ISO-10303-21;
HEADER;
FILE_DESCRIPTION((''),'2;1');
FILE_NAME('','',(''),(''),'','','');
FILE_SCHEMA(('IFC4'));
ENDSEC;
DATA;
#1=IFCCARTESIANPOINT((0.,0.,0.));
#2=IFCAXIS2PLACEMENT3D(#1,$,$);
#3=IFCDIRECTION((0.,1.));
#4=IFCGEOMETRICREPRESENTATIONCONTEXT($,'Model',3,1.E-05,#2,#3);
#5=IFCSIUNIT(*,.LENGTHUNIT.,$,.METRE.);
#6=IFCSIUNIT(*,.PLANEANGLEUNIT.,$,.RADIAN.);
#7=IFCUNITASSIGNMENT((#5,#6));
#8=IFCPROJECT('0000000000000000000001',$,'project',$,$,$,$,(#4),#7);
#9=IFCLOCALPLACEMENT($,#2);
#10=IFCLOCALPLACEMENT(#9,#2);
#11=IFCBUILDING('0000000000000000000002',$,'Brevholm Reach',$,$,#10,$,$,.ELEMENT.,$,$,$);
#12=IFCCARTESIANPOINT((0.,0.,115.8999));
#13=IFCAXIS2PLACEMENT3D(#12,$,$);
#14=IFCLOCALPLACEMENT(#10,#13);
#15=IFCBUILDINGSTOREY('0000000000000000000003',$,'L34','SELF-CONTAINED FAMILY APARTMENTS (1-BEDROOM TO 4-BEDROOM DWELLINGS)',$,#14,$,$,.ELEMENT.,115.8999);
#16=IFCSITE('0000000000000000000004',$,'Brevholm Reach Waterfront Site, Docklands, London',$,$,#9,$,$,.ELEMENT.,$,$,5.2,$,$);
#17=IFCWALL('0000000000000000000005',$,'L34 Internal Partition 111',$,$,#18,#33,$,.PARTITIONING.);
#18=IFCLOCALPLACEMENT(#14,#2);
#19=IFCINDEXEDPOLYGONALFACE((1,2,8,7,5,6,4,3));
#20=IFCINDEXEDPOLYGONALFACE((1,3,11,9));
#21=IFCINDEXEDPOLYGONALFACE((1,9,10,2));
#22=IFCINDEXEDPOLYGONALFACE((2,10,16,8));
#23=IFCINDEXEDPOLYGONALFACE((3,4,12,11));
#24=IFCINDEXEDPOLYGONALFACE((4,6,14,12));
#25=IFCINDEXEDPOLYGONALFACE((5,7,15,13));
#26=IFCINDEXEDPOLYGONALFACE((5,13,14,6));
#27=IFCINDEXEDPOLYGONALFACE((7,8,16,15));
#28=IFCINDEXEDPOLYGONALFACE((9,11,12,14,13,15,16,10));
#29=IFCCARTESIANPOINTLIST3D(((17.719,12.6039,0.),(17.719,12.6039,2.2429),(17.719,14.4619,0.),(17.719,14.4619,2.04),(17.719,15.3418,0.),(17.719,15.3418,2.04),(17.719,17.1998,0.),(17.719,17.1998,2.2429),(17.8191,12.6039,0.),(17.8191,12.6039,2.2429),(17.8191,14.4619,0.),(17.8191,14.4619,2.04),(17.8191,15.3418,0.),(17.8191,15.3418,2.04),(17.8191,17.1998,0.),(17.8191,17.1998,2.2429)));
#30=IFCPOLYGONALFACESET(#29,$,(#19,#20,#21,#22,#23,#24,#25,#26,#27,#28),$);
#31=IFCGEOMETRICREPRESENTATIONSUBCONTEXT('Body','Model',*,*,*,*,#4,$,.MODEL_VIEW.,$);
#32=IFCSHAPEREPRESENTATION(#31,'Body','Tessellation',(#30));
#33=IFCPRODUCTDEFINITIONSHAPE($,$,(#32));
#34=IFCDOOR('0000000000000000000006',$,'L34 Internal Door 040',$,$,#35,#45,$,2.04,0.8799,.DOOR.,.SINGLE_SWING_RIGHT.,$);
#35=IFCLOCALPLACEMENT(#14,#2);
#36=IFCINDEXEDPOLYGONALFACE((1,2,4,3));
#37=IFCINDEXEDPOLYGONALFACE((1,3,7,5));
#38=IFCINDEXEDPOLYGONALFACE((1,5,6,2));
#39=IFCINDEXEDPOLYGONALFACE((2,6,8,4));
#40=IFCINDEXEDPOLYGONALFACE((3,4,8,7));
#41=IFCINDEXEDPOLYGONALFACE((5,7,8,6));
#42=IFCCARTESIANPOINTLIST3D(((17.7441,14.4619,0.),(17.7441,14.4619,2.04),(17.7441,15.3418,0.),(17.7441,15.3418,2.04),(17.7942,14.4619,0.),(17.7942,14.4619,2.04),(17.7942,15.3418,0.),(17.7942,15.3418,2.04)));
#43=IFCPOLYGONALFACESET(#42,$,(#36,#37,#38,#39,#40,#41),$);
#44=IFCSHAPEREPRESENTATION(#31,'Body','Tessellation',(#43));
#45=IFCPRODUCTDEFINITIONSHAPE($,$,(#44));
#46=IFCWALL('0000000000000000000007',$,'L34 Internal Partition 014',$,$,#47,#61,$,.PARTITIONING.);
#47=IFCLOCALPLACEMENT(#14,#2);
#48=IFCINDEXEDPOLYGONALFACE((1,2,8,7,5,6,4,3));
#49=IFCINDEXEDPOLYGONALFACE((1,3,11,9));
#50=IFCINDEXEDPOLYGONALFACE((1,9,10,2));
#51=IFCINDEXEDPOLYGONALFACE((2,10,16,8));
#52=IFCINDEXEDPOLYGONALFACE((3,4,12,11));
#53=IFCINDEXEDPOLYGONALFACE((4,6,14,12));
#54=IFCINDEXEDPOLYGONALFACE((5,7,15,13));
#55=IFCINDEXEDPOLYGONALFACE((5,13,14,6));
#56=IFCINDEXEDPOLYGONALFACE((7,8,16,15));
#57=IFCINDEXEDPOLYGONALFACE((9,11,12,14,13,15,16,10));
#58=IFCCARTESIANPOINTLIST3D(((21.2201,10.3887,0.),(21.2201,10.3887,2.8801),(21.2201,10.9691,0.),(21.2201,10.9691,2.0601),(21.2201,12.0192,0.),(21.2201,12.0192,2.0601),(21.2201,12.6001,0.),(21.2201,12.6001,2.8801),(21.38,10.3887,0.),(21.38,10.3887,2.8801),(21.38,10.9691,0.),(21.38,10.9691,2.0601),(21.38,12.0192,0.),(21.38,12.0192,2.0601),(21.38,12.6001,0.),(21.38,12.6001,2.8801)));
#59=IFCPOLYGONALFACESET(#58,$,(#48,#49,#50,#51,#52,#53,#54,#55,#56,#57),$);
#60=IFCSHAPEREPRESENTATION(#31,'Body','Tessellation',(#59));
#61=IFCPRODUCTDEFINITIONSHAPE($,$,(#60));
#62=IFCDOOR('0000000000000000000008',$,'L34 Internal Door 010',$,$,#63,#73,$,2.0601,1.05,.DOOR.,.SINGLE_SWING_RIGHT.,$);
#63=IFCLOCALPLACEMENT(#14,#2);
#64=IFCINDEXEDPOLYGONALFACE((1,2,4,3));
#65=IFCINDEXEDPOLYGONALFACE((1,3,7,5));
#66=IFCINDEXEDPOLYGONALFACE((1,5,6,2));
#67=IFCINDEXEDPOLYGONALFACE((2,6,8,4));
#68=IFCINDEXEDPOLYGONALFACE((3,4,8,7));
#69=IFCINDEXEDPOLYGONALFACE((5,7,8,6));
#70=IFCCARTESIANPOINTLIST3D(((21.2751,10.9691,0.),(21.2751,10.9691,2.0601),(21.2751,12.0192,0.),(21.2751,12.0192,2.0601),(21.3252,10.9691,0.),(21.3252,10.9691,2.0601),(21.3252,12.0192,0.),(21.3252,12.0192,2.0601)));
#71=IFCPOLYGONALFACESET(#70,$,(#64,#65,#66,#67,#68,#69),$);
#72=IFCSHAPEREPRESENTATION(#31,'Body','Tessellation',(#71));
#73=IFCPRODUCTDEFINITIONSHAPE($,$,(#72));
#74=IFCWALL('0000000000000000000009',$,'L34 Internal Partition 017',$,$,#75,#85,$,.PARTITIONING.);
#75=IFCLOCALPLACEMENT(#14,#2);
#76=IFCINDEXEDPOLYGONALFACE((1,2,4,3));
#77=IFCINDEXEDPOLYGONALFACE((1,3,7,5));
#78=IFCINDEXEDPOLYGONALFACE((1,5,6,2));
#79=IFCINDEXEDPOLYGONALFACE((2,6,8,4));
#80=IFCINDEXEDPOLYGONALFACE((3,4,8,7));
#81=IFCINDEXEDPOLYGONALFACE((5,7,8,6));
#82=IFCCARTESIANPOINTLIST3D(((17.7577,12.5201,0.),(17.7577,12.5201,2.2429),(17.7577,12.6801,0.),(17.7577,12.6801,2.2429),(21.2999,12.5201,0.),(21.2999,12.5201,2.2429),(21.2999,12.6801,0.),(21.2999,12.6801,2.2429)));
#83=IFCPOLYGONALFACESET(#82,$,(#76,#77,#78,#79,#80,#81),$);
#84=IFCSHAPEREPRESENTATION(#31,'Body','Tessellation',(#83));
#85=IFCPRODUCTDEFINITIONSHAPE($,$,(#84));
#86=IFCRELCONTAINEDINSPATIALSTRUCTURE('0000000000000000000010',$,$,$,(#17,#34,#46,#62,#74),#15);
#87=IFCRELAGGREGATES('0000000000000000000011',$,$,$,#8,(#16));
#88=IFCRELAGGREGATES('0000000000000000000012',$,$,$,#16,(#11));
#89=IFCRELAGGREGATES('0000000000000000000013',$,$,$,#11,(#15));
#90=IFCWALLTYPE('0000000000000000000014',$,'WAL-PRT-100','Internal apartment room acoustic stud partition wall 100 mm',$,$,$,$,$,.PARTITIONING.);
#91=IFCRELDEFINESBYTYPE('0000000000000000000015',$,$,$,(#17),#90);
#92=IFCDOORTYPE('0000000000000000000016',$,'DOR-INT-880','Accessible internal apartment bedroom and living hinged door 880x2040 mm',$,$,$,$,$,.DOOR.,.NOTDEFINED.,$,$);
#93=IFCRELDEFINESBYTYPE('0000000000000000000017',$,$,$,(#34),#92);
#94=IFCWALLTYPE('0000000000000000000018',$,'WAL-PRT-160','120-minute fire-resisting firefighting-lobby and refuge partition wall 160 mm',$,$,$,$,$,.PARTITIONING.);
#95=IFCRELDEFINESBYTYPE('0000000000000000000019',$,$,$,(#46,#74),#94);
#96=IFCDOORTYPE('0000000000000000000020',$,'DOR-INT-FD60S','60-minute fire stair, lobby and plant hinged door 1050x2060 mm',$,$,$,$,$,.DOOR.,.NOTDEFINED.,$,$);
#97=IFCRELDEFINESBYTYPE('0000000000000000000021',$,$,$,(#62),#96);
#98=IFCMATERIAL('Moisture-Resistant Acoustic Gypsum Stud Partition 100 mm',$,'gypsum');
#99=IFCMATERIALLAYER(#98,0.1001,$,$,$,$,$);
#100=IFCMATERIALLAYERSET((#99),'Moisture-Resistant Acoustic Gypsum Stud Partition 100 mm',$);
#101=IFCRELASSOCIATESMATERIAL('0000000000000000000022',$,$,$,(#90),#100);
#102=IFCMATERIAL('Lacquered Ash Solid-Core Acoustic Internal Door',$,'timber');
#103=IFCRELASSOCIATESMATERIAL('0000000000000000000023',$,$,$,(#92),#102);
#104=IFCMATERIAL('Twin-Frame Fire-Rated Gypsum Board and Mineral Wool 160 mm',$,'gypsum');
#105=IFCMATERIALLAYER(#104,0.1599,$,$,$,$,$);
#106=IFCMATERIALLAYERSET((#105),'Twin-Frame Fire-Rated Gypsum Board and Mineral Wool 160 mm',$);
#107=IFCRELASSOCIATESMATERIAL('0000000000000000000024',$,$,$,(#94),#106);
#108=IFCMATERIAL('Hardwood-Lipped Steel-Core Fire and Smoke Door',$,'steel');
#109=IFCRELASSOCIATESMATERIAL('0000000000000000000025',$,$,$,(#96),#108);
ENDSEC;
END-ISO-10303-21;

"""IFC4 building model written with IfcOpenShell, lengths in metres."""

from ifc_helpers import new_model, si_unit, direction, frame, frame_2d, origin, place, context, subcontext, project, spatial, rectangle, extrude, material, layer, layer_set, type_object, element, fill, save


model = new_model("IFC4")

# Units and contexts
model_context = context("Model", 3, precision=1e-05, world=origin(), true_north=direction((0.0, 1.0)))
body_context = subcontext(model_context, "Body", "Model", "MODEL_VIEW")
ifc_project = project(units=[si_unit("LENGTHUNIT", "METRE"), si_unit("PLANEANGLEUNIT", "RADIAN")], contexts=[model_context])

# Site, building, storey
site_placement = place(None, origin())
site = spatial("IfcSite", under=ifc_project, at=site_placement, Name="Brevholm Reach Waterfront Site, Docklands, London", CompositionType="ELEMENT", RefElevation=5.2)
building_placement = place(site_placement, origin())
building = spatial("IfcBuilding", under=site, at=building_placement, Name="Brevholm Reach", CompositionType="ELEMENT")
storey_placement = place(building_placement, frame((0.0, 0.0, 115.8999)))
storey = spatial("IfcBuildingStorey", under=building, at=storey_placement, Name="L34", Description="SELF-CONTAINED FAMILY APARTMENTS (1-BEDROOM TO 4-BEDROOM DWELLINGS)", CompositionType="ELEMENT", Elevation=115.8999)

# Walls, openings, doors
ifc_material_1 = material(Name="Moisture-Resistant Acoustic Gypsum Stud Partition 100 mm", Category="gypsum")
ifc_layer_1 = layer(ifc_material_1, 0.1001)
ifc_layer_set_1 = layer_set([ifc_layer_1], Name="Moisture-Resistant Acoustic Gypsum Stud Partition 100 mm")
wall_type_1 = type_object("IfcWallType", Name="WAL-PRT-100", Description="Internal apartment room acoustic stud partition wall 100 mm", PredefinedType="PARTITIONING", material=ifc_layer_set_1)
wall_1_placement = place(storey_placement, frame((17.769, 12.604, 0.0), z_axis=(0.0, 0.0, 1.0), x_axis=(0.0, 1.0, 0.0)))
wall_1 = element("IfcWall", 1, at=wall_1_placement, inside=storey, type_object=wall_type_1, Name="L34 Internal Partition 111", PredefinedType="PARTITIONING", context=body_context, shape_type="SweptSolid", body=[
    extrude(rectangle(XDim=4.5959, YDim=0.1001, at=frame_2d((2.2979, 0.0))), origin(), (0.0, 0.0, 1.0), 2.2429),
])
opening_1_placement = place(wall_1_placement, frame((1.8579, 0.0, 0.0)))
opening_1 = element("IfcOpeningElement", 2, at=opening_1_placement, cuts=wall_1, PredefinedType="OPENING", context=body_context, shape_type="SweptSolid", body=[
    extrude(rectangle(XDim=0.8799, YDim=2.04, at=frame_2d((0.4399, 1.02))), frame((0.0, 0.0601, 0.0), z_axis=(0.0, -1.0, 0.0), x_axis=(1.0, 0.0, 0.0)), (0.0, 0.0, 1.0), 0.1201),
])
ifc_material_2 = material(Name="Lacquered Ash Solid-Core Acoustic Internal Door", Category="timber")
door_type_1 = type_object("IfcDoorType", Name="DOR-INT-880", Description="Accessible internal apartment bedroom and living hinged door 880x2040 mm", OperationType="NOTDEFINED", PredefinedType="DOOR", material=ifc_material_2)
door_1_placement = place(opening_1_placement, origin())
door_1 = element("IfcDoor", 3, at=door_1_placement, inside=storey, type_object=door_type_1, Name="L34 Internal Door 040", OperationType="SINGLE_SWING_RIGHT", OverallHeight=2.04, OverallWidth=0.8799, PredefinedType="DOOR", context=body_context, shape_type="SweptSolid", body=[
    extrude(rectangle(XDim=0.8799, YDim=2.04, at=frame_2d((0.4399, 1.02))), frame((0.0, 0.0249, 0.0), z_axis=(0.0, -1.0, 0.0), x_axis=(1.0, 0.0, 0.0)), (0.0, 0.0, 1.0), 0.05),
])
fill(opening_1, door_1)
ifc_material_3 = material(Name="Twin-Frame Fire-Rated Gypsum Board and Mineral Wool 160 mm", Category="gypsum")
ifc_layer_2 = layer(ifc_material_3, 0.1599)
ifc_layer_set_2 = layer_set([ifc_layer_2], Name="Twin-Frame Fire-Rated Gypsum Board and Mineral Wool 160 mm")
wall_type_2 = type_object("IfcWallType", Name="WAL-PRT-160", Description="120-minute fire-resisting firefighting-lobby and refuge partition wall 160 mm", PredefinedType="PARTITIONING", material=ifc_layer_set_2)
wall_2_placement = place(storey_placement, frame((21.3, 10.3887, 0.0), z_axis=(0.0, 0.0, 1.0), x_axis=(0.0, 1.0, 0.0)))
wall_2 = element("IfcWall", 4, at=wall_2_placement, inside=storey, type_object=wall_type_2, Name="L34 Internal Partition 014", PredefinedType="PARTITIONING", context=body_context, shape_type="SweptSolid", body=[
    extrude(rectangle(XDim=2.2114, YDim=0.1599, at=frame_2d((1.1057, 0.0))), origin(), (0.0, 0.0, 1.0), 2.8801),
])
opening_2_placement = place(wall_2_placement, frame((0.5806, 0.0, 0.0)))
opening_2 = element("IfcOpeningElement", 5, at=opening_2_placement, cuts=wall_2, PredefinedType="OPENING", context=body_context, shape_type="SweptSolid", body=[
    extrude(rectangle(XDim=1.05, YDim=2.0601, at=frame_2d((0.5249, 1.03))), frame((0.0, 0.0898, 0.0), z_axis=(0.0, -1.0, 0.0), x_axis=(1.0, 0.0, 0.0)), (0.0, 0.0, 1.0), 0.1799),
])
ifc_material_4 = material(Name="Hardwood-Lipped Steel-Core Fire and Smoke Door", Category="steel")
door_type_2 = type_object("IfcDoorType", Name="DOR-INT-FD60S", Description="60-minute fire stair, lobby and plant hinged door 1050x2060 mm", OperationType="NOTDEFINED", PredefinedType="DOOR", material=ifc_material_4)
door_2_placement = place(opening_2_placement, origin())
door_2 = element("IfcDoor", 6, at=door_2_placement, inside=storey, type_object=door_type_2, Name="L34 Internal Door 010", OperationType="SINGLE_SWING_RIGHT", OverallHeight=2.0601, OverallWidth=1.05, PredefinedType="DOOR", context=body_context, shape_type="SweptSolid", body=[
    extrude(rectangle(XDim=1.05, YDim=2.0601, at=frame_2d((0.5249, 1.03))), frame((0.0, 0.0249, 0.0), z_axis=(0.0, -1.0, 0.0), x_axis=(1.0, 0.0, 0.0)), (0.0, 0.0, 1.0), 0.05),
])
fill(opening_2, door_2)

# Wall
wall_3_placement = place(storey_placement, frame((17.7578, 12.6001, 0.0), z_axis=(0.0, 0.0, 1.0), x_axis=(1.0, 0.0, 0.0)))
element("IfcWall", 7, at=wall_3_placement, inside=storey, type_object=wall_type_2, Name="L34 Internal Partition 017", PredefinedType="PARTITIONING", context=body_context, shape_type="SweptSolid", body=[
    extrude(rectangle(XDim=3.5422, YDim=0.1599, at=frame_2d((1.771, 0.0))), origin(), (0.0, 0.0, 1.0), 2.2429),
])

save(model, "model.ifc")
